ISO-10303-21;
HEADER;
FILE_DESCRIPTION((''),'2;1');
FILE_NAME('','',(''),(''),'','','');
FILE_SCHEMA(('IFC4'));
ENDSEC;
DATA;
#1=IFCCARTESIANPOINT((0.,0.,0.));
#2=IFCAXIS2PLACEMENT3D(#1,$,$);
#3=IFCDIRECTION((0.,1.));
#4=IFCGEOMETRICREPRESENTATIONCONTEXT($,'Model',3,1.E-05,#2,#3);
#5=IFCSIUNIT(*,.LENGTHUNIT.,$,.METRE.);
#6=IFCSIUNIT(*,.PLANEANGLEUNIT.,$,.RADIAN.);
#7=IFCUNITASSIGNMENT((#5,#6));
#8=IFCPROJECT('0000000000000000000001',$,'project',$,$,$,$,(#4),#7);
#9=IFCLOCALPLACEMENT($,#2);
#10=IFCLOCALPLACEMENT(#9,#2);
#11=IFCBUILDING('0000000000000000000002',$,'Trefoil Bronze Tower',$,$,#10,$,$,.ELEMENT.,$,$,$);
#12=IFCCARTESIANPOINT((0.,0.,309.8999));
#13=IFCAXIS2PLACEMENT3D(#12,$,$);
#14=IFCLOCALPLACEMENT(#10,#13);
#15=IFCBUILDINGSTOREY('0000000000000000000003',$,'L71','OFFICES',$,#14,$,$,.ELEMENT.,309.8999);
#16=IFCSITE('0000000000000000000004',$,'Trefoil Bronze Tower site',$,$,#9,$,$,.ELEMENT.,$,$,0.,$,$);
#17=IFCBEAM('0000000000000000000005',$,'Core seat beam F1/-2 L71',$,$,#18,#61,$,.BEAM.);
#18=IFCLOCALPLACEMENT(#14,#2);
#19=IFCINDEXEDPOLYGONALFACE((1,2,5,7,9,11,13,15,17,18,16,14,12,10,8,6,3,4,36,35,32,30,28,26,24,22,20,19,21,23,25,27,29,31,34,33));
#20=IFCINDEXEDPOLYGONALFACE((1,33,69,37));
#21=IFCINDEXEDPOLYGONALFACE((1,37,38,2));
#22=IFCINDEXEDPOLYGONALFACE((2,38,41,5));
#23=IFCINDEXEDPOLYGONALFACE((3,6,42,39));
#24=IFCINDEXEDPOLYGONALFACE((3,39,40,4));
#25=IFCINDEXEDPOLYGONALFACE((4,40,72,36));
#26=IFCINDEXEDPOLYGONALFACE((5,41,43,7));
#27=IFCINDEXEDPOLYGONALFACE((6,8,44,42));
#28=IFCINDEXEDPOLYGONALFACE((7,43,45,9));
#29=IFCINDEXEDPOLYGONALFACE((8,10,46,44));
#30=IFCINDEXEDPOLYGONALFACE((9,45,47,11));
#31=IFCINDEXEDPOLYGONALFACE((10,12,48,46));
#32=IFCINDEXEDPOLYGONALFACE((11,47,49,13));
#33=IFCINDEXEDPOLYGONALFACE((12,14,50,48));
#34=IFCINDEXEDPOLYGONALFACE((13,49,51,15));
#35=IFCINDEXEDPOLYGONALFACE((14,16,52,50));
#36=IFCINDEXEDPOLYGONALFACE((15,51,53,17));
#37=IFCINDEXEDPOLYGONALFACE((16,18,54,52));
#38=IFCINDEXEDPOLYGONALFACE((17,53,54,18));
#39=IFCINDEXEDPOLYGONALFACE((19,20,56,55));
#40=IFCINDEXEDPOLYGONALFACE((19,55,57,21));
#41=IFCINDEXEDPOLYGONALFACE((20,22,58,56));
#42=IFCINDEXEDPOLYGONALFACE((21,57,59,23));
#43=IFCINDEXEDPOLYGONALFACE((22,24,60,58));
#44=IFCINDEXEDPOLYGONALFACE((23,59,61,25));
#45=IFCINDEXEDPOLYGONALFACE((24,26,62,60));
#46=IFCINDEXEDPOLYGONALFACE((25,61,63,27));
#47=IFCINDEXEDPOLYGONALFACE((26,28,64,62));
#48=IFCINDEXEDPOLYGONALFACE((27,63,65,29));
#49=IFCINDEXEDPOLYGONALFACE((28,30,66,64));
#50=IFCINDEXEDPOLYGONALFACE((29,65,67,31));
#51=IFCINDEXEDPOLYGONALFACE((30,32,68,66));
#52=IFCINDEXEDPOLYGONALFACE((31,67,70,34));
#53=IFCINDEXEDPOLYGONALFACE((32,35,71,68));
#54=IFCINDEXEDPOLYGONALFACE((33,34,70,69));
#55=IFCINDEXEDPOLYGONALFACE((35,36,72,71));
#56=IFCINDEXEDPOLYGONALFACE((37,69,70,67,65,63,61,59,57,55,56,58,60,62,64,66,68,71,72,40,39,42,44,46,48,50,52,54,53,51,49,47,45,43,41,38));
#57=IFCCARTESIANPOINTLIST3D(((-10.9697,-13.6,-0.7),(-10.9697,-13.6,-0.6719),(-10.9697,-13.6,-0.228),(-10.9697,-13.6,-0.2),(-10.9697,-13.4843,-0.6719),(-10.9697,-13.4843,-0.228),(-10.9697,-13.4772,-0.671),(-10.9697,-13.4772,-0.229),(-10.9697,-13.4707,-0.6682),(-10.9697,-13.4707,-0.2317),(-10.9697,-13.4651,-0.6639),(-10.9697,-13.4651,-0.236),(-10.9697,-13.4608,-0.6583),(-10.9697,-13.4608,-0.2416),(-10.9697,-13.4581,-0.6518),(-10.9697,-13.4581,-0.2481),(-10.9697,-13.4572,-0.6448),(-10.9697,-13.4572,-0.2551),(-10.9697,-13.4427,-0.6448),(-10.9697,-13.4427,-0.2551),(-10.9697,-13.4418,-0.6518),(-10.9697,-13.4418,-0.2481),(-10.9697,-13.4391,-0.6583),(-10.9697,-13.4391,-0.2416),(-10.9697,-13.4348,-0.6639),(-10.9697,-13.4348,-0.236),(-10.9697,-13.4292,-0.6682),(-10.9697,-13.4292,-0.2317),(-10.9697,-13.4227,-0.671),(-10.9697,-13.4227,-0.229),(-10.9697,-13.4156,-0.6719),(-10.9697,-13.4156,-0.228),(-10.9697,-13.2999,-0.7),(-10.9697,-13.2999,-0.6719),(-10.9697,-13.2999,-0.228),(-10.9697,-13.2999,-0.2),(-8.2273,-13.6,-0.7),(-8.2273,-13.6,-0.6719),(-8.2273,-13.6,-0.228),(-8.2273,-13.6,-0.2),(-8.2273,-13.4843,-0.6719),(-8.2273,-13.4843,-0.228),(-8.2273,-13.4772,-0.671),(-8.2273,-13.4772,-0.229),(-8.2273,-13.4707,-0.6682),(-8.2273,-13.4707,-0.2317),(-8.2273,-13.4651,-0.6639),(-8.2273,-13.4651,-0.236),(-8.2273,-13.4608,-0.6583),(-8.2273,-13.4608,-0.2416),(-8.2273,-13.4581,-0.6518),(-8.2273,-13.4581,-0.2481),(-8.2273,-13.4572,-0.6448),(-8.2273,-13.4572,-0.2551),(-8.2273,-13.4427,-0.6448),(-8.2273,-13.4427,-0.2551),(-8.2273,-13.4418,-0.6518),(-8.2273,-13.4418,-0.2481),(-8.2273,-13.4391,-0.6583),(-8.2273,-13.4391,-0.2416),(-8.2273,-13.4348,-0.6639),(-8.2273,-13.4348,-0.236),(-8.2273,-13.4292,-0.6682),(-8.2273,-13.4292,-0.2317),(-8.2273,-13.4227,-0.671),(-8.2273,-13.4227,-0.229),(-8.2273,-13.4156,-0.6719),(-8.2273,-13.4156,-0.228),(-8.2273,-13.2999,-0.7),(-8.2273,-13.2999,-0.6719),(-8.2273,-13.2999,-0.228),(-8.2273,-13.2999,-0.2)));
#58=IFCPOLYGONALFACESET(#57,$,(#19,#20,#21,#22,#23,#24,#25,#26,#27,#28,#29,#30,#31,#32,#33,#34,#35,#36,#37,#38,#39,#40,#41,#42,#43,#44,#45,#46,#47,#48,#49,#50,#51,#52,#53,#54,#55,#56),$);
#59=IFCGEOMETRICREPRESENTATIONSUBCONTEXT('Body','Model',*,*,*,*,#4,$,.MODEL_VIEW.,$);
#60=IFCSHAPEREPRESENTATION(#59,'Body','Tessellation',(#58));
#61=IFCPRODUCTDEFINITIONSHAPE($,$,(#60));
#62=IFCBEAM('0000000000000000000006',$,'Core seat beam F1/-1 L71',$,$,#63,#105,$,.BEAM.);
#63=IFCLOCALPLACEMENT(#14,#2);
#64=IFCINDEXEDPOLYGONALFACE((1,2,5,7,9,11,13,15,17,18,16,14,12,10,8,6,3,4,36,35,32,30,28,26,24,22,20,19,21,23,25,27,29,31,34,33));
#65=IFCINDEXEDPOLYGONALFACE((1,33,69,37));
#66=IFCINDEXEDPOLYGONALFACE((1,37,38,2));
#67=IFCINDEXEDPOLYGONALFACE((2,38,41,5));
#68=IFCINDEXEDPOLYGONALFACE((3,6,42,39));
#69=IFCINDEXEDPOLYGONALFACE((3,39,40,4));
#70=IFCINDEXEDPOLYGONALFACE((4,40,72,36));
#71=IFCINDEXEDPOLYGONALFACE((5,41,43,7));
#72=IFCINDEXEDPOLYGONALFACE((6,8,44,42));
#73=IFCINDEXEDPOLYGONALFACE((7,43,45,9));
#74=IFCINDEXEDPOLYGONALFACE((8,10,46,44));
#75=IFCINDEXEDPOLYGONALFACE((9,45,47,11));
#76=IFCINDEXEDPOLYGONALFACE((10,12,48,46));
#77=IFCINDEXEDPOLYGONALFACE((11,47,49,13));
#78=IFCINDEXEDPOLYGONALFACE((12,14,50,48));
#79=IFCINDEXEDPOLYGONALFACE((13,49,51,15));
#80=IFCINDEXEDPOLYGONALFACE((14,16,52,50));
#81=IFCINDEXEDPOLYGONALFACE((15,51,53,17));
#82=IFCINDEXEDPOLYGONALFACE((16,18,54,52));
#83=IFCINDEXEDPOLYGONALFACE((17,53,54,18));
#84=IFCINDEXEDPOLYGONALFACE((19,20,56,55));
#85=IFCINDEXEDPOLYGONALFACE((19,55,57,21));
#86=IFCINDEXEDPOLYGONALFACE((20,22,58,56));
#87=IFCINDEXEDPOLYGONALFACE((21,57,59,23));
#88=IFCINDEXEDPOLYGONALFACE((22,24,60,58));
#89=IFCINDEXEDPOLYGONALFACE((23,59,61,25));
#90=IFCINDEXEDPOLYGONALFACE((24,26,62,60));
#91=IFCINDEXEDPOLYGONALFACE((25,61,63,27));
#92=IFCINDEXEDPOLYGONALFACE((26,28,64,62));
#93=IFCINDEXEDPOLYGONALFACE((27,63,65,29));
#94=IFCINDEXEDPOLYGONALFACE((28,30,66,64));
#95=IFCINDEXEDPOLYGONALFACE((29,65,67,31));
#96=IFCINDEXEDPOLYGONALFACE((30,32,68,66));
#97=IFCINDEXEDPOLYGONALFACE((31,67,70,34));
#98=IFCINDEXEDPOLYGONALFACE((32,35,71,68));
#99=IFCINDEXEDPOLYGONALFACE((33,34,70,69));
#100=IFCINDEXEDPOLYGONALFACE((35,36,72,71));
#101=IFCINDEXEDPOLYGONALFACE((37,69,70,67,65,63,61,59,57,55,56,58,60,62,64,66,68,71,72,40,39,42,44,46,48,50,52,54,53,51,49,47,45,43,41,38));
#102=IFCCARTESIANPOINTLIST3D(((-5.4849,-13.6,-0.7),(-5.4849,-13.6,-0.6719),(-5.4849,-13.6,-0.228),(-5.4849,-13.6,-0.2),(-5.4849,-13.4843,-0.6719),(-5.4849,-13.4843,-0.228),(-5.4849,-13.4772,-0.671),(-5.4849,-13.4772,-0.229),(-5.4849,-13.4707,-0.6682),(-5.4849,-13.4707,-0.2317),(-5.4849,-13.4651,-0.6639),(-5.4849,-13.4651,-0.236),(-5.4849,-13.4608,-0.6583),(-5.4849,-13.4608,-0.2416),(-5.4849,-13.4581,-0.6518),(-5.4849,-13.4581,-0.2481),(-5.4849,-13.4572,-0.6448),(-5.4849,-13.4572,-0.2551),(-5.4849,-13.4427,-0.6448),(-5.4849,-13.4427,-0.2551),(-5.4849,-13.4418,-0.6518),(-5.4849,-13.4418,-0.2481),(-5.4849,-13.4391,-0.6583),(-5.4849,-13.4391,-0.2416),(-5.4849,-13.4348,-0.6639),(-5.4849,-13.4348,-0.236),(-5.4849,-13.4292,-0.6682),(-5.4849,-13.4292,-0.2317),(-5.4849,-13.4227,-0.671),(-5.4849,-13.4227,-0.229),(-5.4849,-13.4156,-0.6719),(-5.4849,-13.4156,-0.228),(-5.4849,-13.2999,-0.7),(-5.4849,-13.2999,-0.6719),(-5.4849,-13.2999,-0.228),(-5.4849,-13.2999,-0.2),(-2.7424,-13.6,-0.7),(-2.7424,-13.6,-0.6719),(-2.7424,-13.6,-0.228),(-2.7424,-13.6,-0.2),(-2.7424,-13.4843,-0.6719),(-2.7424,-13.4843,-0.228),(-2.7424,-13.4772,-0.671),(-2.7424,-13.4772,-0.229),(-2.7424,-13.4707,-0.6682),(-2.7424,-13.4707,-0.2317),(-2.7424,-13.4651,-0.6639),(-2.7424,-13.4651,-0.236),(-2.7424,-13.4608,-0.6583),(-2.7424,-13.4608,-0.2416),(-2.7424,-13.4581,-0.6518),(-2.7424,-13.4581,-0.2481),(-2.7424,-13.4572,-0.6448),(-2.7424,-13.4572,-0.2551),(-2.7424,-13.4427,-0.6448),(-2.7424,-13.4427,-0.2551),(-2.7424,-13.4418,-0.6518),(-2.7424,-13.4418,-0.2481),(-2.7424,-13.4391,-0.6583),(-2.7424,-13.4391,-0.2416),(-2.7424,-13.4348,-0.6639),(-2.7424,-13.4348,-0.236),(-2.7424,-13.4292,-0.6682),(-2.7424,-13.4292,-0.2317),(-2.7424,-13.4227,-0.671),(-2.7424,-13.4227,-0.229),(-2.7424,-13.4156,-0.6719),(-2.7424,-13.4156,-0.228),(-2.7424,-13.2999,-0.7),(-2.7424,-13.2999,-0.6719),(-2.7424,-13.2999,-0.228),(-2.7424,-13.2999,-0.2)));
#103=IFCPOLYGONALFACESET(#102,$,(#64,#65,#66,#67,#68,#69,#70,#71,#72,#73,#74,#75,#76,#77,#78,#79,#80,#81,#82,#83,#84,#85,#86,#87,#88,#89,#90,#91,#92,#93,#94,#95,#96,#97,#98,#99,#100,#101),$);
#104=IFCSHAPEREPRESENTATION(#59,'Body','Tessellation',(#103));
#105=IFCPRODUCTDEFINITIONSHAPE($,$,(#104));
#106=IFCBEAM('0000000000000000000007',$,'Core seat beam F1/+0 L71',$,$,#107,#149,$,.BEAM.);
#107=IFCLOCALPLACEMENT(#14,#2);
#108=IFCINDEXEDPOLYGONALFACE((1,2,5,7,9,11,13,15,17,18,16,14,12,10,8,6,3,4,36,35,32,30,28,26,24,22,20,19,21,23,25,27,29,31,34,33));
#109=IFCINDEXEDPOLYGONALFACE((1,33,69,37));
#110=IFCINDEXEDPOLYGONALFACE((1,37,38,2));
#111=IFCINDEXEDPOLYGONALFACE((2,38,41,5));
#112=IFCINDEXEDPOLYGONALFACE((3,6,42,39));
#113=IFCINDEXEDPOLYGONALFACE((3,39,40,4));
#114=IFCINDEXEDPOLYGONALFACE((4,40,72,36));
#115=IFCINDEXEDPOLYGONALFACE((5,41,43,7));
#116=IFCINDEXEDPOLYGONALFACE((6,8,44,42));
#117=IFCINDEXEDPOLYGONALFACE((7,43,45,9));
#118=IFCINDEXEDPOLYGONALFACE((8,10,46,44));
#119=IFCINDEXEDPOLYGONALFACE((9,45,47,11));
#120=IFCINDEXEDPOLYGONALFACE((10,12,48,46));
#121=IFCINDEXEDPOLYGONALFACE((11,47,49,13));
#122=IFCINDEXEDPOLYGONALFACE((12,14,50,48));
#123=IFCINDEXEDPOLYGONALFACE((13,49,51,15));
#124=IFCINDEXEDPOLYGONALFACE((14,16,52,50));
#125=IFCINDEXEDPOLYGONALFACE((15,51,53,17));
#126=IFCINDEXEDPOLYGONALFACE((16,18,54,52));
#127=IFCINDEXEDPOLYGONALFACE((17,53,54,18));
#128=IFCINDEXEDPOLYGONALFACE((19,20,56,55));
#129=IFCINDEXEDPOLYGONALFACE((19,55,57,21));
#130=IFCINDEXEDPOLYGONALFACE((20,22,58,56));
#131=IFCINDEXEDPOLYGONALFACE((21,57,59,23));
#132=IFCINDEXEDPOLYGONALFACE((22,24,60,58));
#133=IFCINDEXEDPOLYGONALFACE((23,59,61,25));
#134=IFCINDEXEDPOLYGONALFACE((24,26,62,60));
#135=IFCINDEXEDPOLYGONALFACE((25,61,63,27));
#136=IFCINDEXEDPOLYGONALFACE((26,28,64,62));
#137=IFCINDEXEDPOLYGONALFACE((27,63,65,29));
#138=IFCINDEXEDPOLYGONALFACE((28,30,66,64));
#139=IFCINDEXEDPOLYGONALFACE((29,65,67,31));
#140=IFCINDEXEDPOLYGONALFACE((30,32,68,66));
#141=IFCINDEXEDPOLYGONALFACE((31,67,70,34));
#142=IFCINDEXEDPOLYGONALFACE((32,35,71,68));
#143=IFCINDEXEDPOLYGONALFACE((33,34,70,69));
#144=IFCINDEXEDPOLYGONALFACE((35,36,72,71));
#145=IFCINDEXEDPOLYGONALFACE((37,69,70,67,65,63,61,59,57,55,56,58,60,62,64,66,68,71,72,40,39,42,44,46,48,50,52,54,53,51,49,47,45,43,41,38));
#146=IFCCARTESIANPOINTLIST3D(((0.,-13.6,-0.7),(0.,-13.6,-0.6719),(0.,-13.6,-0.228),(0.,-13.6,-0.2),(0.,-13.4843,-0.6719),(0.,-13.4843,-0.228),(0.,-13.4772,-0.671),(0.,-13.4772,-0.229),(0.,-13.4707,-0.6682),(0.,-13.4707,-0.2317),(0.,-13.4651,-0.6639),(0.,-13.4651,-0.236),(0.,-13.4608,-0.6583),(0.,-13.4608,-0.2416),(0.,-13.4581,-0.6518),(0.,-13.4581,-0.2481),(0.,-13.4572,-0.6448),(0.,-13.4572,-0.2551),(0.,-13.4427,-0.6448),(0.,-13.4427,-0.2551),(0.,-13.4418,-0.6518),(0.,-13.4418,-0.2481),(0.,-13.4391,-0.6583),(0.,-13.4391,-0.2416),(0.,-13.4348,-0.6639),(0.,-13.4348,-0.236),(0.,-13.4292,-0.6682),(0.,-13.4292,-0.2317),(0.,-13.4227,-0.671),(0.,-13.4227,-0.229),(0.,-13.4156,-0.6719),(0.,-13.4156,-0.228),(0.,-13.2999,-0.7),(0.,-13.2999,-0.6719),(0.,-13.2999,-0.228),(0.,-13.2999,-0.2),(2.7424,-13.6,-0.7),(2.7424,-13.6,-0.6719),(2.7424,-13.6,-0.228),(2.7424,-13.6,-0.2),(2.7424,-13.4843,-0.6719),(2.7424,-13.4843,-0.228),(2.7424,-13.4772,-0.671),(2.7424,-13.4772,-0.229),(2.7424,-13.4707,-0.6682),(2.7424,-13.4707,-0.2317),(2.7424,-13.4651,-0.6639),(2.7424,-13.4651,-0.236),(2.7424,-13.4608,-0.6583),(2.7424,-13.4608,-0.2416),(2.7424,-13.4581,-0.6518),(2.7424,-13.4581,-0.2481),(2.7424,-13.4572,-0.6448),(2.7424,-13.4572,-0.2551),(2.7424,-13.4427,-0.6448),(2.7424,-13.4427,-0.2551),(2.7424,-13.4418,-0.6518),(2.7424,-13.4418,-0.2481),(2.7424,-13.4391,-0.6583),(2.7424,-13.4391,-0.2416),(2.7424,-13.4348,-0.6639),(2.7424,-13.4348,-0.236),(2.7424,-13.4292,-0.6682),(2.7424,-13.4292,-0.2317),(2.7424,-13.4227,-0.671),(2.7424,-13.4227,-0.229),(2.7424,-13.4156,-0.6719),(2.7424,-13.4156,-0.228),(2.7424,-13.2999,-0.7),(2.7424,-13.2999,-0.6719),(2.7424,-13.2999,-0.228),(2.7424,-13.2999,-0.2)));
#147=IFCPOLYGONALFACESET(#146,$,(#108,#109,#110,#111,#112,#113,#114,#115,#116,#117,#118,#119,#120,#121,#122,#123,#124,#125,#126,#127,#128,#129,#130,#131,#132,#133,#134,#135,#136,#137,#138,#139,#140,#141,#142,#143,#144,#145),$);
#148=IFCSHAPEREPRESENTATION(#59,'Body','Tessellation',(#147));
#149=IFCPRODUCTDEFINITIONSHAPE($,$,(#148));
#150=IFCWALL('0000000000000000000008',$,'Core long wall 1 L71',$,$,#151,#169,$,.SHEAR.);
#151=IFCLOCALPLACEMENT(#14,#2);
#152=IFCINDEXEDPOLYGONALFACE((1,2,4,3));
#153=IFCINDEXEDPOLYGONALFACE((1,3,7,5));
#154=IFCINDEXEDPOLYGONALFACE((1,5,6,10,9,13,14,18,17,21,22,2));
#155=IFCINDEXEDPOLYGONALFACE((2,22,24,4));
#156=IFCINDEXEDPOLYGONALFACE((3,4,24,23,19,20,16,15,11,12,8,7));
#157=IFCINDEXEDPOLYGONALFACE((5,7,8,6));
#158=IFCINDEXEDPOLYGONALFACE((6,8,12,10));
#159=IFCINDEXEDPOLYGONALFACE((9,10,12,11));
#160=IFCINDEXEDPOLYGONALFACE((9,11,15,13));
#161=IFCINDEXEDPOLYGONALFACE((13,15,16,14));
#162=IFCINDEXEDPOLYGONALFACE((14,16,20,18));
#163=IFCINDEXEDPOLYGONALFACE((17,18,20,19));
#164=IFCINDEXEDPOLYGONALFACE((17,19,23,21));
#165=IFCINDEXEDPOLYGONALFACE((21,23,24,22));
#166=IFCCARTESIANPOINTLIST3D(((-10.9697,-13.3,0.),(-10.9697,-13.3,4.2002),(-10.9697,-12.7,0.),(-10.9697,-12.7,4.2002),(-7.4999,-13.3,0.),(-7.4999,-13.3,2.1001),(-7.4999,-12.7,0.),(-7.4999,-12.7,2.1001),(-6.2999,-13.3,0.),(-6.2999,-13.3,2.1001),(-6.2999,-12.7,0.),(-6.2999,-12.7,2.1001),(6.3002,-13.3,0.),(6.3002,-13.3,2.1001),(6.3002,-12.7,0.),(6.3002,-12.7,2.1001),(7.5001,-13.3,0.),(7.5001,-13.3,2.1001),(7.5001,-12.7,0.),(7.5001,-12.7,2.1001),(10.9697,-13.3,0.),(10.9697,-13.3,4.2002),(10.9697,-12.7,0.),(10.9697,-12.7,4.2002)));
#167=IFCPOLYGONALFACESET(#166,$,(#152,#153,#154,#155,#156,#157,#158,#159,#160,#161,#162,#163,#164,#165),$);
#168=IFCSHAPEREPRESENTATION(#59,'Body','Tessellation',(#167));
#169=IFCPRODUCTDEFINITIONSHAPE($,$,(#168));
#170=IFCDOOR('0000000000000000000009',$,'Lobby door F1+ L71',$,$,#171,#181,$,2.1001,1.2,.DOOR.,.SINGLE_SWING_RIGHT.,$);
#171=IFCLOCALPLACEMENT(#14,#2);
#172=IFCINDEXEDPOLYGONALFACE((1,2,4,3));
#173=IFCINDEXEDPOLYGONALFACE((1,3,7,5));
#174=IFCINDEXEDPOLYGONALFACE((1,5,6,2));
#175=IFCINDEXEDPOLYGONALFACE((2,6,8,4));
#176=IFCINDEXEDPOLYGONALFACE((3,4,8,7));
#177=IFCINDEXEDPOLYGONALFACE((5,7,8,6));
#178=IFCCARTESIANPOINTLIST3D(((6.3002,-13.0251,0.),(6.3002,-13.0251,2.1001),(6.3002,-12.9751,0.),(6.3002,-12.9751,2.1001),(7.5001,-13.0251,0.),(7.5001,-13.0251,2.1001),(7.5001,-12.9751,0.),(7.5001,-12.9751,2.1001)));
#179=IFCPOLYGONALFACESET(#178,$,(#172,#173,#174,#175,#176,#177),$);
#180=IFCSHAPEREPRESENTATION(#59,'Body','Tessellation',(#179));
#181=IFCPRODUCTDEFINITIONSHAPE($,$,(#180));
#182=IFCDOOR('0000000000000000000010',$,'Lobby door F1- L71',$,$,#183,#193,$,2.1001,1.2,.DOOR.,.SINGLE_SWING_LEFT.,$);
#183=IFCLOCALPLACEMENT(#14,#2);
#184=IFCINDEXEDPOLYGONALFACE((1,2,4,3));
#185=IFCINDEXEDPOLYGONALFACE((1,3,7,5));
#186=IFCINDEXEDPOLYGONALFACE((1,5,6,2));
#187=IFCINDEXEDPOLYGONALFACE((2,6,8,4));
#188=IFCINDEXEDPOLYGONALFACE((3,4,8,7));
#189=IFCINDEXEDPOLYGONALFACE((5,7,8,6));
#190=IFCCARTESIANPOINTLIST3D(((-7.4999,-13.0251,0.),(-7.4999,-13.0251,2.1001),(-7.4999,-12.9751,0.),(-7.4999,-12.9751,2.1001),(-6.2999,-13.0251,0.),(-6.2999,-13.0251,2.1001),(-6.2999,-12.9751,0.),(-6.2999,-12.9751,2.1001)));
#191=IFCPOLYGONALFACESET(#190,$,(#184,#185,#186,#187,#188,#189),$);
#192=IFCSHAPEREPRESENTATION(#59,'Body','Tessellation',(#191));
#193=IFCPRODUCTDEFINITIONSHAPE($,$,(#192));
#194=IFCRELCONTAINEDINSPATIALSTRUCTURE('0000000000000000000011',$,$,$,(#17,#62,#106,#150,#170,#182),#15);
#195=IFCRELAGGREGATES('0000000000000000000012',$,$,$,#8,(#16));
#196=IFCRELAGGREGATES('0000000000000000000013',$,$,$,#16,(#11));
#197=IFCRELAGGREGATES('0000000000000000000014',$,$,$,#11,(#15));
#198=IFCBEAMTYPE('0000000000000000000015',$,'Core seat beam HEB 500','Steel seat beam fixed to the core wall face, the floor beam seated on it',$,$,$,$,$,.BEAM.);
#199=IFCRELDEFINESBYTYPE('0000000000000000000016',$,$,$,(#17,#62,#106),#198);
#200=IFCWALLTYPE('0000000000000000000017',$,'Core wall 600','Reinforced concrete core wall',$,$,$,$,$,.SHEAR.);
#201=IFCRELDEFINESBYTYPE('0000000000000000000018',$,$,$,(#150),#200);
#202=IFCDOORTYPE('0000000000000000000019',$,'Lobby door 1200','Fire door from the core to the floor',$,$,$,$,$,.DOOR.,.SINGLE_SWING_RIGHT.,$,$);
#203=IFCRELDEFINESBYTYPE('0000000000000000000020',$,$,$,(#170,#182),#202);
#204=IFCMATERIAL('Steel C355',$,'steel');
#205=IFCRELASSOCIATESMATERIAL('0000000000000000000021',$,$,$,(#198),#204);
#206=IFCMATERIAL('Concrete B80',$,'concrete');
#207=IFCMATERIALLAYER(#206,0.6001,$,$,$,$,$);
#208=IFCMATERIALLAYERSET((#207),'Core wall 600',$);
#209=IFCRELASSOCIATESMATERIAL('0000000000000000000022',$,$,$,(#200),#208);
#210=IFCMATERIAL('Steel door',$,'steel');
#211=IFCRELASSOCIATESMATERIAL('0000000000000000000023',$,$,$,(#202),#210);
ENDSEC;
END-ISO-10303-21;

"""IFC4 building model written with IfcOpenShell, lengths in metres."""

from ifc_helpers import new_model, si_unit, direction, frame, frame_2d, origin, origin_2d, place, context, subcontext, project, spatial, rectangle, i_section, extrude, material, layer, layer_set, material_profile, profile_set, type_object, element, fill, save


model = new_model("IFC4")

# Units and contexts
model_context = context("Model", 3, precision=1e-05, world=origin(), true_north=direction((0.0, 1.0)))
body_context = subcontext(model_context, "Body", "Model", "MODEL_VIEW")
ifc_project = project(units=[si_unit("LENGTHUNIT", "METRE"), si_unit("PLANEANGLEUNIT", "RADIAN")], contexts=[model_context])

# Site, building, storey
site_placement = place(None, origin())
site = spatial("IfcSite", under=ifc_project, at=site_placement, Name="Trefoil Bronze Tower site", CompositionType="ELEMENT", RefElevation=0.0)
building_placement = place(site_placement, origin())
building = spatial("IfcBuilding", under=site, at=building_placement, Name="Trefoil Bronze Tower", CompositionType="ELEMENT")
storey_placement = place(building_placement, frame((0.0, 0.0, 309.8999)))
storey = spatial("IfcBuildingStorey", under=building, at=storey_placement, Name="L71", Description="OFFICES", CompositionType="ELEMENT", Elevation=309.8999)

# Beams
ifc_material_1 = material(Name="Steel C355", Category="steel")
ifc_material_profile = material_profile(ifc_material_1, i_section(OverallWidth=0.3, OverallDepth=0.5, WebThickness=0.0144, FlangeThickness=0.0281, FilletRadius=0.0271, at=origin_2d()), Name="HEB 500")
ifc_profile_set = profile_set([ifc_material_profile], Name="Steel C355")
beam_type = type_object("IfcBeamType", Name="Core seat beam HEB 500", Description="Steel seat beam fixed to the core wall face, the floor beam seated on it", PredefinedType="BEAM", material=ifc_profile_set)
for number, where, z_axis, x_axis, name in (
    (1, (-10.9697, -13.45, -0.45), (1.0, 0.0, 0.0), (0.0, 1.0, 0.0), "Core seat beam F1/-2 L71"),
    (2, (-5.4849, -13.45, -0.45), (1.0, 0.0, 0.0), (0.0, 1.0, 0.0), "Core seat beam F1/-1 L71"),
    (3, (0.0, -13.45, -0.45), (1.0, 0.0, 0.0), (0.0, 1.0, 0.0), "Core seat beam F1/+0 L71"),
):
    element("IfcBeam", number, at=place(storey_placement, frame(where, z_axis=z_axis, x_axis=x_axis)), inside=storey, type_object=beam_type, Name=name, PredefinedType="BEAM", context=body_context, shape_type="SweptSolid", body=[
        extrude(i_section(OverallWidth=0.3, OverallDepth=0.5, WebThickness=0.0144, FlangeThickness=0.0281, FilletRadius=0.0271, at=origin_2d()), origin(), (0.0, 0.0, 1.0), 2.7424),
    ])

# Wall, openings, doors
ifc_material_2 = material(Name="Concrete B80", Category="concrete")
ifc_layer_1 = layer(ifc_material_2, 0.6001)
ifc_layer_set_1 = layer_set([ifc_layer_1], Name="Core wall 600")
wall_type_1 = type_object("IfcWallType", Name="Core wall 600", Description="Reinforced concrete core wall", PredefinedType="SHEAR", material=ifc_layer_set_1)
wall_1_placement = place(storey_placement, frame((-10.9697, -13.0, 0.0), z_axis=(0.0, 0.0, 1.0), x_axis=(1.0, 0.0, 0.0)))
wall_1 = element("IfcWall", 4, at=wall_1_placement, inside=storey, type_object=wall_type_1, Name="Core long wall 1 L71", PredefinedType="SHEAR", context=body_context, shape_type="SweptSolid", body=[
    extrude(rectangle(XDim=21.9395, YDim=0.6001, at=frame_2d((10.9697, 0.0))), origin(), (0.0, 0.0, 1.0), 4.2002),
])
opening_1_placement = place(wall_1_placement, frame((17.2698, 0.0, 0.0)))
opening_1 = element("IfcOpeningElement", 5, at=opening_1_placement, cuts=wall_1, PredefinedType="OPENING", context=body_context, shape_type="SweptSolid", body=[
    extrude(rectangle(XDim=1.2, YDim=2.1001, at=frame_2d((0.6001, 1.05))), frame((0.0, 0.3101, 0.0), z_axis=(0.0, -1.0, 0.0), x_axis=(1.0, 0.0, 0.0)), (0.0, 0.0, 1.0), 0.6201),
])
opening_2_placement = place(wall_1_placement, frame((3.4697, 0.0, 0.0)))
opening_2 = element("IfcOpeningElement", 6, at=opening_2_placement, cuts=wall_1, PredefinedType="OPENING", context=body_context, shape_type="SweptSolid", body=[
    extrude(rectangle(XDim=1.2, YDim=2.1001, at=frame_2d((0.6001, 1.05))), frame((0.0, 0.3101, 0.0), z_axis=(0.0, -1.0, 0.0), x_axis=(1.0, 0.0, 0.0)), (0.0, 0.0, 1.0), 0.6201),
])
ifc_material_3 = material(Name="Steel door", Category="steel")
door_type_1 = type_object("IfcDoorType", Name="Lobby door 1200", Description="Fire door from the core to the floor", OperationType="SINGLE_SWING_RIGHT", PredefinedType="DOOR", material=ifc_material_3)
door_1_placement = place(opening_1_placement, origin())
door_1 = element("IfcDoor", 7, at=door_1_placement, inside=storey, type_object=door_type_1, Name="Lobby door F1+ L71", OperationType="SINGLE_SWING_RIGHT", OverallHeight=2.1001, OverallWidth=1.2, PredefinedType="DOOR", context=body_context, shape_type="SweptSolid", body=[
    extrude(rectangle(XDim=1.2, YDim=2.1001, at=frame_2d((0.6001, 1.05))), frame((0.0, 0.0249, 0.0), z_axis=(0.0, -1.0, 0.0), x_axis=(1.0, 0.0, 0.0)), (0.0, 0.0, 1.0), 0.05),
])
fill(opening_1, door_1)
door_2_placement = place(opening_2_placement, origin())
door_2 = element("IfcDoor", 8, at=door_2_placement, inside=storey, type_object=door_type_1, Name="Lobby door F1- L71", OperationType="SINGLE_SWING_LEFT", OverallHeight=2.1001, OverallWidth=1.2, PredefinedType="DOOR", context=body_context, shape_type="SweptSolid", body=[
    extrude(rectangle(XDim=1.2, YDim=2.1001, at=frame_2d((0.6001, 1.05))), frame((0.0, 0.0249, 0.0), z_axis=(0.0, -1.0, 0.0), x_axis=(1.0, 0.0, 0.0)), (0.0, 0.0, 1.0), 0.05),
])
fill(opening_2, door_2)

save(model, "model.ifc")
